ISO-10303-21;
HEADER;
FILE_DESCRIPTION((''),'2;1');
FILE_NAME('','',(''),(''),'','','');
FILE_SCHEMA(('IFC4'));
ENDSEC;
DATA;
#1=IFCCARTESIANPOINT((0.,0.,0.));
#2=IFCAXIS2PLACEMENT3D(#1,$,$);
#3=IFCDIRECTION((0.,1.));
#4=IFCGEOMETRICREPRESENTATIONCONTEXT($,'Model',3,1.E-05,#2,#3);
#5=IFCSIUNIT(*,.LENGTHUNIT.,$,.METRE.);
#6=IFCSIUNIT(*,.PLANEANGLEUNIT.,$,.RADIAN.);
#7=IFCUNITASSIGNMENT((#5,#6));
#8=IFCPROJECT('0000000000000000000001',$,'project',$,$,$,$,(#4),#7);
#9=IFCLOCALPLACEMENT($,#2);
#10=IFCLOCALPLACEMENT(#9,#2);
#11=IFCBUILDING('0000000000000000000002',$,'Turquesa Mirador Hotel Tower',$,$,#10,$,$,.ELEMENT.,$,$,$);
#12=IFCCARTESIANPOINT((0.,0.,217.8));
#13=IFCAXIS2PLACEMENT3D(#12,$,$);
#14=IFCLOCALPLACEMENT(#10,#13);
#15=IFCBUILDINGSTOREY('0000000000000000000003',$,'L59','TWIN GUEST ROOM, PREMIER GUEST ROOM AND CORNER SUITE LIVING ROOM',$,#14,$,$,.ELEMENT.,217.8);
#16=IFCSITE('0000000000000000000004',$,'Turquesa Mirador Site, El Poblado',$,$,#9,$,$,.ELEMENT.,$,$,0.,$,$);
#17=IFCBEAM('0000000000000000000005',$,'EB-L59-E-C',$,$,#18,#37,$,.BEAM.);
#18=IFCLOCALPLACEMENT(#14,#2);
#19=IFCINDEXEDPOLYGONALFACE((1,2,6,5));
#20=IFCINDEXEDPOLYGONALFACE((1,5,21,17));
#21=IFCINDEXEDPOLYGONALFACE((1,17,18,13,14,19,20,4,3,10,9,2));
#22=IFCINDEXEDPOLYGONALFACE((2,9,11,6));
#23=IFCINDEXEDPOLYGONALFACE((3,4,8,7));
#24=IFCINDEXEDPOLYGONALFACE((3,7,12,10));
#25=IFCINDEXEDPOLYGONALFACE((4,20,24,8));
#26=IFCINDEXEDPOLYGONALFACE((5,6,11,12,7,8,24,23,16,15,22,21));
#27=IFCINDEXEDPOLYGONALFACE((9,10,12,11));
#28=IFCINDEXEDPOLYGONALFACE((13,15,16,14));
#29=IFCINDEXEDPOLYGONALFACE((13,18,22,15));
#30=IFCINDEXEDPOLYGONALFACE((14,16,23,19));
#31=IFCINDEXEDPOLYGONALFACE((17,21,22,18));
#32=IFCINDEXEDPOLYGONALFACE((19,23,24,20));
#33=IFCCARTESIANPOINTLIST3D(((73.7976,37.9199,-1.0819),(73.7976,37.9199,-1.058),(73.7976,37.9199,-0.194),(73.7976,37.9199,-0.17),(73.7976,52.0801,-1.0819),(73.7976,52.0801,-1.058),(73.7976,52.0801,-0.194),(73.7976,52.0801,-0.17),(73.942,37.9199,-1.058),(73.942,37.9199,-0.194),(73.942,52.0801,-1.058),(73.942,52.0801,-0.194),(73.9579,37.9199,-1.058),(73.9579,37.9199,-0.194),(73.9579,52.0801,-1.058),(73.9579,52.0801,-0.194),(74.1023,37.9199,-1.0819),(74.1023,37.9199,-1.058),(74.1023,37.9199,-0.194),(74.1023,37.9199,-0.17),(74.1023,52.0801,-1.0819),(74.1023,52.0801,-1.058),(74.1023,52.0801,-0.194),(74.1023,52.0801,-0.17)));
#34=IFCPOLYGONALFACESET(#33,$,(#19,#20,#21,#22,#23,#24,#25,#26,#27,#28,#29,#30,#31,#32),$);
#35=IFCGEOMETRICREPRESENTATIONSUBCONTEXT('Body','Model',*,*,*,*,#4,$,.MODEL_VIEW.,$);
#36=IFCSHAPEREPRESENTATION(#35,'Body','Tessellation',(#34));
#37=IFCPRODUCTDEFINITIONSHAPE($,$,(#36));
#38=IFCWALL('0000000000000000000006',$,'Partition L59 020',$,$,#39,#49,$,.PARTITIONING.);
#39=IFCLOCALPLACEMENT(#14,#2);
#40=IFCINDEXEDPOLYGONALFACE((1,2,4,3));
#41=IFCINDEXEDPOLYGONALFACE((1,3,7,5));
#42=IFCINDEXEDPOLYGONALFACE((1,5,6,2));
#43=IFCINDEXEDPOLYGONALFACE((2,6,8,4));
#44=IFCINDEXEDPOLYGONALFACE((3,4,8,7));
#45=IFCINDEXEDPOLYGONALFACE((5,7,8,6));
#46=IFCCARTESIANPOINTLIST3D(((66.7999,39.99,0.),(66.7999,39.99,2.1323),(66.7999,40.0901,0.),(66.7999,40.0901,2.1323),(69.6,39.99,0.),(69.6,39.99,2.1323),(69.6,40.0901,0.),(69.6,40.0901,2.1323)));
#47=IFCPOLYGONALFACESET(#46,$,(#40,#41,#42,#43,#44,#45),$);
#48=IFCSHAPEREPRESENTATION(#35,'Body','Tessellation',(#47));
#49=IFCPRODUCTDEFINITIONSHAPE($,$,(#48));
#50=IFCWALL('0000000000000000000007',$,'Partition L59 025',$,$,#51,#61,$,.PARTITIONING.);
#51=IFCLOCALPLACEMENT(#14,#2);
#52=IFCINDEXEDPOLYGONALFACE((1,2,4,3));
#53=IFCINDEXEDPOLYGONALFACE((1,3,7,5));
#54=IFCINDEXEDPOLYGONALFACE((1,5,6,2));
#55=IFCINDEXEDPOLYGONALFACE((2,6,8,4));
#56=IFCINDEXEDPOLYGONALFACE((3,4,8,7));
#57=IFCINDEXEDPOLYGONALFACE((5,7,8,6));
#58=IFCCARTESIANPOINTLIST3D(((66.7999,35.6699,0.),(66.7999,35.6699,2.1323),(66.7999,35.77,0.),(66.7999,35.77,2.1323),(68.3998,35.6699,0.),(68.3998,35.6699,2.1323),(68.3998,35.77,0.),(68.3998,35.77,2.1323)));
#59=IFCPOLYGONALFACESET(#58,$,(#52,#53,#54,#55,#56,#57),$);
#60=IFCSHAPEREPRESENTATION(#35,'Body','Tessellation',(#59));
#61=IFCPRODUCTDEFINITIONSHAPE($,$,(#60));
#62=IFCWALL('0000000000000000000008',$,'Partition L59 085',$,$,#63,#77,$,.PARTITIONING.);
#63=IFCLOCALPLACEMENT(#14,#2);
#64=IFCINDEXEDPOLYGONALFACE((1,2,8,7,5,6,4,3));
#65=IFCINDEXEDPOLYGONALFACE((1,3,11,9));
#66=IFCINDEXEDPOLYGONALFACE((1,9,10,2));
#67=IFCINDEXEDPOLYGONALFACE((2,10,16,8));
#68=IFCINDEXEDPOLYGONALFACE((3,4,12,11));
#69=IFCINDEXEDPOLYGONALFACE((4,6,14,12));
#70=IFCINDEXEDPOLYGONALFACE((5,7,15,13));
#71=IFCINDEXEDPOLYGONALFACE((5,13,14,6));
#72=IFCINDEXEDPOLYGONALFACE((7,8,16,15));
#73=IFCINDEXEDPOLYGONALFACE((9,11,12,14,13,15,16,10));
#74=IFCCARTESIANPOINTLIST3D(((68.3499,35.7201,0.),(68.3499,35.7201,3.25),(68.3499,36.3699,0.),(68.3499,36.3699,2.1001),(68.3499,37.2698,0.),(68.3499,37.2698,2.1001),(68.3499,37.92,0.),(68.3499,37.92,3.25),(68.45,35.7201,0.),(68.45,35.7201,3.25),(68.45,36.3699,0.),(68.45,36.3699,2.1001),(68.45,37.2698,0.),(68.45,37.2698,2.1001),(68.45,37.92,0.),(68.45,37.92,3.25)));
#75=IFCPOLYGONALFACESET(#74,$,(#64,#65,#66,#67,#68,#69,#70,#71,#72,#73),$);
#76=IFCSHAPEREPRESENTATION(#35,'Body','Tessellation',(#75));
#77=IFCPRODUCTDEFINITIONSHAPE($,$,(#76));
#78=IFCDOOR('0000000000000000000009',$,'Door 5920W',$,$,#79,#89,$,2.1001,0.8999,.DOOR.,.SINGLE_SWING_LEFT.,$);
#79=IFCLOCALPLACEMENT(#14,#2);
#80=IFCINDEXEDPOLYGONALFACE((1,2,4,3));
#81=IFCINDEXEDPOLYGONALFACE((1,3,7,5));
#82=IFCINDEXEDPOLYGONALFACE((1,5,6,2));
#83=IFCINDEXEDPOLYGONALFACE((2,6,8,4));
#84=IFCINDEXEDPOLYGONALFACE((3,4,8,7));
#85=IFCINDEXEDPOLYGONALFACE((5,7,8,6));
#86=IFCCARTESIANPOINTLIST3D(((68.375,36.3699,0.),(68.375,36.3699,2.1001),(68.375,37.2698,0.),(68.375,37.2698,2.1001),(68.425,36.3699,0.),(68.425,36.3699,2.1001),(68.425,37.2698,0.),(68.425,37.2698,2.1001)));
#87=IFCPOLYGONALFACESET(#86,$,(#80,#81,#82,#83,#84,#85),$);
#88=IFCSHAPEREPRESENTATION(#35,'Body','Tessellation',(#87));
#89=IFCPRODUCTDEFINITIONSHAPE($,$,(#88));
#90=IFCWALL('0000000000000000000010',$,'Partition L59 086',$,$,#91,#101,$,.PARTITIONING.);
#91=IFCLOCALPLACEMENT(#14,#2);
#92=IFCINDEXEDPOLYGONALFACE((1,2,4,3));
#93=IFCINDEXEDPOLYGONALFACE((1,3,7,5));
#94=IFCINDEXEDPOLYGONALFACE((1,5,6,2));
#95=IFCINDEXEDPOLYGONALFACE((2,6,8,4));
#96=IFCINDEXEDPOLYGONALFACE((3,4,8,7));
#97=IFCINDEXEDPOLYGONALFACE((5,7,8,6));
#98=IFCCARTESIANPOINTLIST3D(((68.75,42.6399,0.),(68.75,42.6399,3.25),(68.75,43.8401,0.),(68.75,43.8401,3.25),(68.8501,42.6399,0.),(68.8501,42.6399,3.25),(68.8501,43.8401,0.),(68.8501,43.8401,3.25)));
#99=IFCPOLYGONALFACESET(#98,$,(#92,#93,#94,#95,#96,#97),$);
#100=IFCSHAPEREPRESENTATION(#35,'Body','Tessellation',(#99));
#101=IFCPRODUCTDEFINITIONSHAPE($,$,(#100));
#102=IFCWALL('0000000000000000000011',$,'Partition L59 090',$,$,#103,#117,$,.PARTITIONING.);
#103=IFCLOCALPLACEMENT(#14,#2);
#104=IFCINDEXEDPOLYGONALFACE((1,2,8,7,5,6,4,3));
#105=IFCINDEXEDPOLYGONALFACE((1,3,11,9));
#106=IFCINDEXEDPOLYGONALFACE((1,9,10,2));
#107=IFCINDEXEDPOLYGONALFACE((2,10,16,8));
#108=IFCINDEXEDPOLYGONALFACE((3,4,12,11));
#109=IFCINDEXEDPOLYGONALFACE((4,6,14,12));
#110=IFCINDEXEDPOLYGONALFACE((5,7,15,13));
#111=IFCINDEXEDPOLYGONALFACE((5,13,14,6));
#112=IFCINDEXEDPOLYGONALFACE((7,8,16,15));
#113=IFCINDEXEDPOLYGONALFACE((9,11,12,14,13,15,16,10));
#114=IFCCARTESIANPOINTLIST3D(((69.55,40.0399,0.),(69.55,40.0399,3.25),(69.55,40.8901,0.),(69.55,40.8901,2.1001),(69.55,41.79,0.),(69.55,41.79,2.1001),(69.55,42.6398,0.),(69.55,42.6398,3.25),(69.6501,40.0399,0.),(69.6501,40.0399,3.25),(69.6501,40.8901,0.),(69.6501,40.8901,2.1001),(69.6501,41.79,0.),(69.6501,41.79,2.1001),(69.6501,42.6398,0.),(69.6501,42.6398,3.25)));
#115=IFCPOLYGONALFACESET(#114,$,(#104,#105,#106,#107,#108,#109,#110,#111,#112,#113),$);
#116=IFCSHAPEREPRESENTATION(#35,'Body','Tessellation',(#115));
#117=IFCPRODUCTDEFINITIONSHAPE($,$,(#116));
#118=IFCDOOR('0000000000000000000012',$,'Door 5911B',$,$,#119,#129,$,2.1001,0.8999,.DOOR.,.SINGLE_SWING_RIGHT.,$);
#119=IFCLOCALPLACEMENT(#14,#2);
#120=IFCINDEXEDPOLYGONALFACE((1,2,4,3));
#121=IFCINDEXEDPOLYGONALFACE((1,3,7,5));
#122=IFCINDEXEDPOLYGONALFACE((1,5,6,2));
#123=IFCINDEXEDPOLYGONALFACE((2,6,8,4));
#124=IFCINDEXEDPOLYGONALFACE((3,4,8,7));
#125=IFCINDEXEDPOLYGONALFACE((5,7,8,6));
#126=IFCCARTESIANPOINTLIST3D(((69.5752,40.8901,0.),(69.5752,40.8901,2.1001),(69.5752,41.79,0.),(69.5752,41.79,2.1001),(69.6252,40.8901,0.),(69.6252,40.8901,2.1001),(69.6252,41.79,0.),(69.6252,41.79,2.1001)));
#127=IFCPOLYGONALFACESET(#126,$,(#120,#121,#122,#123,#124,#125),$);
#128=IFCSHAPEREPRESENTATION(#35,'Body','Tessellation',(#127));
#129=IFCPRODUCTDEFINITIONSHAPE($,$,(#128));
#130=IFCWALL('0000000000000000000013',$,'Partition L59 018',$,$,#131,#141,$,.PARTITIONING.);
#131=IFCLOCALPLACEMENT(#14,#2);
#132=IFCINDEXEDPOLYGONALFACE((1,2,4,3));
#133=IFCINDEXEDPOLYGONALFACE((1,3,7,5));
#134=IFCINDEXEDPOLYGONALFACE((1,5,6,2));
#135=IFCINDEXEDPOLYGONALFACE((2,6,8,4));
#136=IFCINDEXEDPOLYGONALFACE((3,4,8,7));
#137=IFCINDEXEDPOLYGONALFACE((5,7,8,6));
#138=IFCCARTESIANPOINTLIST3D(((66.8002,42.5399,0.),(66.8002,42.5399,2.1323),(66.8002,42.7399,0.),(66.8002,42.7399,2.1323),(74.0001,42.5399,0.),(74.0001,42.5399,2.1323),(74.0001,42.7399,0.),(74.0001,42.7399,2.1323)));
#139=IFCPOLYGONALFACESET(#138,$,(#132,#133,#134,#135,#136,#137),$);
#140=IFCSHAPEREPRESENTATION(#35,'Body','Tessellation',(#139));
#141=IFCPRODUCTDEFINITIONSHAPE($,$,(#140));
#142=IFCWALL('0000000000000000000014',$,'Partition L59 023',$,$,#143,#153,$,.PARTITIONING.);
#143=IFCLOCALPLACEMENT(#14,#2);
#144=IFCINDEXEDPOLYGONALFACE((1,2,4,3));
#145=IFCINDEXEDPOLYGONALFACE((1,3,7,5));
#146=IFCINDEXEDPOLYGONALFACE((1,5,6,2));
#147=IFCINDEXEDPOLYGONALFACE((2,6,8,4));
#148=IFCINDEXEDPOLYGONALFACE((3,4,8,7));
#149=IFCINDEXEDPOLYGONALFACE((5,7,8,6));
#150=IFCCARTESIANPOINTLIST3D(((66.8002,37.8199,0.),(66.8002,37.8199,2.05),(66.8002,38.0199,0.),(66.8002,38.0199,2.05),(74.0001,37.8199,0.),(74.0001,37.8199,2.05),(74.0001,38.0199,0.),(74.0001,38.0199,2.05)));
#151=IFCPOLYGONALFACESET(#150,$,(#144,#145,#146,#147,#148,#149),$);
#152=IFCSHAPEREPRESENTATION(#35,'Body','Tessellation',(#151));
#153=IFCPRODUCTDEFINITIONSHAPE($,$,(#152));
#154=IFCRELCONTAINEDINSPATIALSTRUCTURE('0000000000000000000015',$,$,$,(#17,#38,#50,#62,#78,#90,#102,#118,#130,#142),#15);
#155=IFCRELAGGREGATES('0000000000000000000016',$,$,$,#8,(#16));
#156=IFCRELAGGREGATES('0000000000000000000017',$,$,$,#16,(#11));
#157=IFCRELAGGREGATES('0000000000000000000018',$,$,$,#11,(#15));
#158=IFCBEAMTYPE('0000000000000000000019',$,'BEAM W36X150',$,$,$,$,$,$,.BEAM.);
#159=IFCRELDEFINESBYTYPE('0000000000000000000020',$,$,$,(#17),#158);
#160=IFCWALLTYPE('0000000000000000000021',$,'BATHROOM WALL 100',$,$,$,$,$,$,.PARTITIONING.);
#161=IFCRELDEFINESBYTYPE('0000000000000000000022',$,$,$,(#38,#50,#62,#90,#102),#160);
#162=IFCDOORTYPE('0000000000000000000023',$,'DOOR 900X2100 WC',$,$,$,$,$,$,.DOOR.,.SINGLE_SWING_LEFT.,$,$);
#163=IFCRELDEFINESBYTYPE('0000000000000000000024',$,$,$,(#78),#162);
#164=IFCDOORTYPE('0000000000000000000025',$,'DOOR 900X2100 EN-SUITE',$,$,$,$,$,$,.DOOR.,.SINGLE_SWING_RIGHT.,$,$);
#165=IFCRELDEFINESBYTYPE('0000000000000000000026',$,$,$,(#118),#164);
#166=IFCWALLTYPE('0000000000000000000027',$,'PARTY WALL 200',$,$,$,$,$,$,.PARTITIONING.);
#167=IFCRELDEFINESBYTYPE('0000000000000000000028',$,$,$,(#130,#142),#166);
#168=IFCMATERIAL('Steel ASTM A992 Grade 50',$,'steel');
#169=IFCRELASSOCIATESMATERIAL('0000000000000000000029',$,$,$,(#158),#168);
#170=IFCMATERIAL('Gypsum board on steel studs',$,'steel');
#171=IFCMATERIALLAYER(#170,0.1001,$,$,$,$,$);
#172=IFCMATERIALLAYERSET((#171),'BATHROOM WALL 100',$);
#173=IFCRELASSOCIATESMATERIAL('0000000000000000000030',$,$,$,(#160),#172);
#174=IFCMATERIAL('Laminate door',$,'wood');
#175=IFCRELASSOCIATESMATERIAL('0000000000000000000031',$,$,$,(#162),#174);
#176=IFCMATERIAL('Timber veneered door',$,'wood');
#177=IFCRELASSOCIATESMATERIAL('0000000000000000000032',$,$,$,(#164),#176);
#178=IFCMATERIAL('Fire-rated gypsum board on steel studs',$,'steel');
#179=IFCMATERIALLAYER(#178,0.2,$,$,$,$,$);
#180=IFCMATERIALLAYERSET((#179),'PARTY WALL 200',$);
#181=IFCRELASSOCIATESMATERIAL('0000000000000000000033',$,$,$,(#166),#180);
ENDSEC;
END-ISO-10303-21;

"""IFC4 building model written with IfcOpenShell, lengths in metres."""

from ifc_helpers import new_model, si_unit, direction, frame, frame_2d, origin, origin_2d, place, context, subcontext, project, spatial, rectangle, i_section, extrude, material, layer, layer_set, material_profile, profile_set, type_object, element, fill, save


model = new_model("IFC4")

# Units and contexts
model_context = context("Model", 3, precision=1e-05, world=origin(), true_north=direction((0.0, 1.0)))
body_context = subcontext(model_context, "Body", "Model", "MODEL_VIEW")
ifc_project = project(units=[si_unit("LENGTHUNIT", "METRE"), si_unit("PLANEANGLEUNIT", "RADIAN")], contexts=[model_context])

# Site, building, storey
site_placement = place(None, origin())
site = spatial("IfcSite", under=ifc_project, at=site_placement, Name="Turquesa Mirador Site, El Poblado", CompositionType="ELEMENT", RefElevation=0.0)
building_placement = place(site_placement, origin())
building = spatial("IfcBuilding", under=site, at=building_placement, Name="Turquesa Mirador Hotel Tower", CompositionType="ELEMENT")
storey_placement = place(building_placement, frame((0.0, 0.0, 217.8)))
storey = spatial("IfcBuildingStorey", under=building, at=storey_placement, Name="L59", Description="TWIN GUEST ROOM, PREMIER GUEST ROOM AND CORNER SUITE LIVING ROOM", CompositionType="ELEMENT", Elevation=217.8)

# Beam
ifc_material_1 = material(Name="Steel ASTM A992 Grade 50", Category="steel")
ifc_material_profile_1 = material_profile(ifc_material_1, i_section(OverallWidth=0.3047, OverallDepth=0.9119, WebThickness=0.0159, FlangeThickness=0.0239, at=origin_2d()), Name="W36X150")
ifc_profile_set_1 = profile_set([ifc_material_profile_1], Name="Steel ASTM A992 Grade 50")
beam_type_1 = type_object("IfcBeamType", Name="BEAM W36X150", PredefinedType="BEAM", material=ifc_profile_set_1)
beam_1_placement = place(storey_placement, frame((73.95, 37.9199, -0.626), z_axis=(0.0, 1.0, 0.0), x_axis=(-1.0, 0.0, 0.0)))
element("IfcBeam", 1, at=beam_1_placement, inside=storey, type_object=beam_type_1, Name="EB-L59-E-C", PredefinedType="BEAM", context=body_context, shape_type="SweptSolid", body=[
    extrude(i_section(OverallWidth=0.3047, OverallDepth=0.9119, WebThickness=0.0159, FlangeThickness=0.0239, at=origin_2d()), origin(), (0.0, 0.0, 1.0), 14.1602),
])

# Walls
ifc_material_2 = material(Name="Gypsum board on steel studs", Category="steel")
ifc_layer_1 = layer(ifc_material_2, 0.1001)
ifc_layer_set_1 = layer_set([ifc_layer_1], Name="BATHROOM WALL 100")
wall_type_1 = type_object("IfcWallType", Name="BATHROOM WALL 100", PredefinedType="PARTITIONING", material=ifc_layer_set_1)
wall_1_placement = place(storey_placement, frame((66.8, 40.04, 0.0), z_axis=(0.0, 0.0, 1.0), x_axis=(1.0, 0.0, 0.0)))
element("IfcWall", 2, at=wall_1_placement, inside=storey, type_object=wall_type_1, Name="Partition L59 020", PredefinedType="PARTITIONING", context=body_context, shape_type="SweptSolid", body=[
    extrude(rectangle(XDim=2.8, YDim=0.1001, at=frame_2d((1.3999, 0.0))), origin(), (0.0, 0.0, 1.0), 2.1323),
])
wall_2_placement = place(storey_placement, frame((66.8, 35.72, 0.0), z_axis=(0.0, 0.0, 1.0), x_axis=(1.0, 0.0, 0.0)))
element("IfcWall", 3, at=wall_2_placement, inside=storey, type_object=wall_type_1, Name="Partition L59 025", PredefinedType="PARTITIONING", context=body_context, shape_type="SweptSolid", body=[
    extrude(rectangle(XDim=1.5999, YDim=0.1001, at=frame_2d((0.7998, 0.0))), origin(), (0.0, 0.0, 1.0), 2.1323),
])

# Wall, opening, door
wall_3_placement = place(storey_placement, frame((68.3999, 35.72, 0.0), z_axis=(0.0, 0.0, 1.0), x_axis=(0.0, 1.0, 0.0)))
wall_3 = element("IfcWall", 4, at=wall_3_placement, inside=storey, type_object=wall_type_1, Name="Partition L59 085", PredefinedType="PARTITIONING", context=body_context, shape_type="SweptSolid", body=[
    extrude(rectangle(XDim=2.2, YDim=0.1001, at=frame_2d((1.1001, 0.0))), origin(), (0.0, 0.0, 1.0), 3.25),
])
opening_1_placement = place(wall_3_placement, frame((0.6499, 0.0, 0.0)))
opening_1 = element("IfcOpeningElement", 5, at=opening_1_placement, cuts=wall_3, PredefinedType="OPENING", context=body_context, shape_type="SweptSolid", body=[
    extrude(rectangle(XDim=0.8999, YDim=2.1001, at=frame_2d((0.45, 1.05))), frame((0.0, 0.0601, 0.0), z_axis=(0.0, -1.0, 0.0), x_axis=(1.0, 0.0, 0.0)), (0.0, 0.0, 1.0), 0.1201),
])
ifc_material_3 = material(Name="Laminate door", Category="wood")
door_type_1 = type_object("IfcDoorType", Name="DOOR 900X2100 WC", OperationType="SINGLE_SWING_LEFT", PredefinedType="DOOR", material=ifc_material_3)
door_1_placement = place(opening_1_placement, origin())
door_1 = element("IfcDoor", 6, at=door_1_placement, inside=storey, type_object=door_type_1, Name="Door 5920W", OperationType="SINGLE_SWING_LEFT", OverallHeight=2.1001, OverallWidth=0.8999, PredefinedType="DOOR", context=body_context, shape_type="SweptSolid", body=[
    extrude(rectangle(XDim=0.8999, YDim=2.1001, at=frame_2d((0.45, 1.05))), frame((0.0, 0.0249, 0.0), z_axis=(0.0, -1.0, 0.0), x_axis=(1.0, 0.0, 0.0)), (0.0, 0.0, 1.0), 0.05),
])
fill(opening_1, door_1)

# Wall
wall_4_placement = place(storey_placement, frame((68.8, 42.6399, 0.0), z_axis=(0.0, 0.0, 1.0), x_axis=(0.0, 1.0, 0.0)))
element("IfcWall", 7, at=wall_4_placement, inside=storey, type_object=wall_type_1, Name="Partition L59 086", PredefinedType="PARTITIONING", context=body_context, shape_type="SweptSolid", body=[
    extrude(rectangle(XDim=1.2002, YDim=0.1001, at=frame_2d((0.6001, 0.0))), origin(), (0.0, 0.0, 1.0), 3.25),
])

# Wall, opening, door
wall_5_placement = place(storey_placement, frame((69.6001, 40.04, 0.0), z_axis=(0.0, 0.0, 1.0), x_axis=(0.0, 1.0, 0.0)))
wall_5 = element("IfcWall", 8, at=wall_5_placement, inside=storey, type_object=wall_type_1, Name="Partition L59 090", PredefinedType="PARTITIONING", context=body_context, shape_type="SweptSolid", body=[
    extrude(rectangle(XDim=2.5999, YDim=0.1001, at=frame_2d((1.2998, 0.0))), origin(), (0.0, 0.0, 1.0), 3.25),
])
opening_2_placement = place(wall_5_placement, frame((0.8501, 0.0, 0.0)))
opening_2 = element("IfcOpeningElement", 9, at=opening_2_placement, cuts=wall_5, PredefinedType="OPENING", context=body_context, shape_type="SweptSolid", body=[
    extrude(rectangle(XDim=0.8999, YDim=2.1001, at=frame_2d((0.45, 1.05))), frame((0.0, 0.0601, 0.0), z_axis=(0.0, -1.0, 0.0), x_axis=(1.0, 0.0, 0.0)), (0.0, 0.0, 1.0), 0.1201),
])
ifc_material_4 = material(Name="Timber veneered door", Category="wood")
door_type_2 = type_object("IfcDoorType", Name="DOOR 900X2100 EN-SUITE", OperationType="SINGLE_SWING_RIGHT", PredefinedType="DOOR", material=ifc_material_4)
door_2_placement = place(opening_2_placement, origin())
door_2 = element("IfcDoor", 10, at=door_2_placement, inside=storey, type_object=door_type_2, Name="Door 5911B", OperationType="SINGLE_SWING_RIGHT", OverallHeight=2.1001, OverallWidth=0.8999, PredefinedType="DOOR", context=body_context, shape_type="SweptSolid", body=[
    extrude(rectangle(XDim=0.8999, YDim=2.1001, at=frame_2d((0.45, 1.05))), frame((0.0, 0.0249, 0.0), z_axis=(0.0, -1.0, 0.0), x_axis=(1.0, 0.0, 0.0)), (0.0, 0.0, 1.0), 0.05),
])
fill(opening_2, door_2)

# Walls
ifc_material_5 = material(Name="Fire-rated gypsum board on steel studs", Category="steel")
ifc_layer_2 = layer(ifc_material_5, 0.2)
ifc_layer_set_2 = layer_set([ifc_layer_2], Name="PARTY WALL 200")
wall_type_2 = type_object("IfcWallType", Name="PARTY WALL 200", PredefinedType="PARTITIONING", material=ifc_layer_set_2)
wall_6_placement = place(storey_placement, frame((66.8, 42.6399, 0.0), z_axis=(0.0, 0.0, 1.0), x_axis=(1.0, 0.0, 0.0)))
element("IfcWall", 11, at=wall_6_placement, inside=storey, type_object=wall_type_2, Name="Partition L59 018", PredefinedType="PARTITIONING", context=body_context, shape_type="SweptSolid", body=[
    extrude(rectangle(XDim=7.2, YDim=0.2, at=frame_2d((3.6001, 0.0))), origin(), (0.0, 0.0, 1.0), 2.1323),
])
wall_7_placement = place(storey_placement, frame((66.8, 37.9199, 0.0), z_axis=(0.0, 0.0, 1.0), x_axis=(1.0, 0.0, 0.0)))
element("IfcWall", 12, at=wall_7_placement, inside=storey, type_object=wall_type_2, Name="Partition L59 023", PredefinedType="PARTITIONING", context=body_context, shape_type="SweptSolid", body=[
    extrude(rectangle(XDim=7.2, YDim=0.2, at=frame_2d((3.6001, 0.0))), origin(), (0.0, 0.0, 1.0), 2.05),
])

save(model, "model.ifc")
